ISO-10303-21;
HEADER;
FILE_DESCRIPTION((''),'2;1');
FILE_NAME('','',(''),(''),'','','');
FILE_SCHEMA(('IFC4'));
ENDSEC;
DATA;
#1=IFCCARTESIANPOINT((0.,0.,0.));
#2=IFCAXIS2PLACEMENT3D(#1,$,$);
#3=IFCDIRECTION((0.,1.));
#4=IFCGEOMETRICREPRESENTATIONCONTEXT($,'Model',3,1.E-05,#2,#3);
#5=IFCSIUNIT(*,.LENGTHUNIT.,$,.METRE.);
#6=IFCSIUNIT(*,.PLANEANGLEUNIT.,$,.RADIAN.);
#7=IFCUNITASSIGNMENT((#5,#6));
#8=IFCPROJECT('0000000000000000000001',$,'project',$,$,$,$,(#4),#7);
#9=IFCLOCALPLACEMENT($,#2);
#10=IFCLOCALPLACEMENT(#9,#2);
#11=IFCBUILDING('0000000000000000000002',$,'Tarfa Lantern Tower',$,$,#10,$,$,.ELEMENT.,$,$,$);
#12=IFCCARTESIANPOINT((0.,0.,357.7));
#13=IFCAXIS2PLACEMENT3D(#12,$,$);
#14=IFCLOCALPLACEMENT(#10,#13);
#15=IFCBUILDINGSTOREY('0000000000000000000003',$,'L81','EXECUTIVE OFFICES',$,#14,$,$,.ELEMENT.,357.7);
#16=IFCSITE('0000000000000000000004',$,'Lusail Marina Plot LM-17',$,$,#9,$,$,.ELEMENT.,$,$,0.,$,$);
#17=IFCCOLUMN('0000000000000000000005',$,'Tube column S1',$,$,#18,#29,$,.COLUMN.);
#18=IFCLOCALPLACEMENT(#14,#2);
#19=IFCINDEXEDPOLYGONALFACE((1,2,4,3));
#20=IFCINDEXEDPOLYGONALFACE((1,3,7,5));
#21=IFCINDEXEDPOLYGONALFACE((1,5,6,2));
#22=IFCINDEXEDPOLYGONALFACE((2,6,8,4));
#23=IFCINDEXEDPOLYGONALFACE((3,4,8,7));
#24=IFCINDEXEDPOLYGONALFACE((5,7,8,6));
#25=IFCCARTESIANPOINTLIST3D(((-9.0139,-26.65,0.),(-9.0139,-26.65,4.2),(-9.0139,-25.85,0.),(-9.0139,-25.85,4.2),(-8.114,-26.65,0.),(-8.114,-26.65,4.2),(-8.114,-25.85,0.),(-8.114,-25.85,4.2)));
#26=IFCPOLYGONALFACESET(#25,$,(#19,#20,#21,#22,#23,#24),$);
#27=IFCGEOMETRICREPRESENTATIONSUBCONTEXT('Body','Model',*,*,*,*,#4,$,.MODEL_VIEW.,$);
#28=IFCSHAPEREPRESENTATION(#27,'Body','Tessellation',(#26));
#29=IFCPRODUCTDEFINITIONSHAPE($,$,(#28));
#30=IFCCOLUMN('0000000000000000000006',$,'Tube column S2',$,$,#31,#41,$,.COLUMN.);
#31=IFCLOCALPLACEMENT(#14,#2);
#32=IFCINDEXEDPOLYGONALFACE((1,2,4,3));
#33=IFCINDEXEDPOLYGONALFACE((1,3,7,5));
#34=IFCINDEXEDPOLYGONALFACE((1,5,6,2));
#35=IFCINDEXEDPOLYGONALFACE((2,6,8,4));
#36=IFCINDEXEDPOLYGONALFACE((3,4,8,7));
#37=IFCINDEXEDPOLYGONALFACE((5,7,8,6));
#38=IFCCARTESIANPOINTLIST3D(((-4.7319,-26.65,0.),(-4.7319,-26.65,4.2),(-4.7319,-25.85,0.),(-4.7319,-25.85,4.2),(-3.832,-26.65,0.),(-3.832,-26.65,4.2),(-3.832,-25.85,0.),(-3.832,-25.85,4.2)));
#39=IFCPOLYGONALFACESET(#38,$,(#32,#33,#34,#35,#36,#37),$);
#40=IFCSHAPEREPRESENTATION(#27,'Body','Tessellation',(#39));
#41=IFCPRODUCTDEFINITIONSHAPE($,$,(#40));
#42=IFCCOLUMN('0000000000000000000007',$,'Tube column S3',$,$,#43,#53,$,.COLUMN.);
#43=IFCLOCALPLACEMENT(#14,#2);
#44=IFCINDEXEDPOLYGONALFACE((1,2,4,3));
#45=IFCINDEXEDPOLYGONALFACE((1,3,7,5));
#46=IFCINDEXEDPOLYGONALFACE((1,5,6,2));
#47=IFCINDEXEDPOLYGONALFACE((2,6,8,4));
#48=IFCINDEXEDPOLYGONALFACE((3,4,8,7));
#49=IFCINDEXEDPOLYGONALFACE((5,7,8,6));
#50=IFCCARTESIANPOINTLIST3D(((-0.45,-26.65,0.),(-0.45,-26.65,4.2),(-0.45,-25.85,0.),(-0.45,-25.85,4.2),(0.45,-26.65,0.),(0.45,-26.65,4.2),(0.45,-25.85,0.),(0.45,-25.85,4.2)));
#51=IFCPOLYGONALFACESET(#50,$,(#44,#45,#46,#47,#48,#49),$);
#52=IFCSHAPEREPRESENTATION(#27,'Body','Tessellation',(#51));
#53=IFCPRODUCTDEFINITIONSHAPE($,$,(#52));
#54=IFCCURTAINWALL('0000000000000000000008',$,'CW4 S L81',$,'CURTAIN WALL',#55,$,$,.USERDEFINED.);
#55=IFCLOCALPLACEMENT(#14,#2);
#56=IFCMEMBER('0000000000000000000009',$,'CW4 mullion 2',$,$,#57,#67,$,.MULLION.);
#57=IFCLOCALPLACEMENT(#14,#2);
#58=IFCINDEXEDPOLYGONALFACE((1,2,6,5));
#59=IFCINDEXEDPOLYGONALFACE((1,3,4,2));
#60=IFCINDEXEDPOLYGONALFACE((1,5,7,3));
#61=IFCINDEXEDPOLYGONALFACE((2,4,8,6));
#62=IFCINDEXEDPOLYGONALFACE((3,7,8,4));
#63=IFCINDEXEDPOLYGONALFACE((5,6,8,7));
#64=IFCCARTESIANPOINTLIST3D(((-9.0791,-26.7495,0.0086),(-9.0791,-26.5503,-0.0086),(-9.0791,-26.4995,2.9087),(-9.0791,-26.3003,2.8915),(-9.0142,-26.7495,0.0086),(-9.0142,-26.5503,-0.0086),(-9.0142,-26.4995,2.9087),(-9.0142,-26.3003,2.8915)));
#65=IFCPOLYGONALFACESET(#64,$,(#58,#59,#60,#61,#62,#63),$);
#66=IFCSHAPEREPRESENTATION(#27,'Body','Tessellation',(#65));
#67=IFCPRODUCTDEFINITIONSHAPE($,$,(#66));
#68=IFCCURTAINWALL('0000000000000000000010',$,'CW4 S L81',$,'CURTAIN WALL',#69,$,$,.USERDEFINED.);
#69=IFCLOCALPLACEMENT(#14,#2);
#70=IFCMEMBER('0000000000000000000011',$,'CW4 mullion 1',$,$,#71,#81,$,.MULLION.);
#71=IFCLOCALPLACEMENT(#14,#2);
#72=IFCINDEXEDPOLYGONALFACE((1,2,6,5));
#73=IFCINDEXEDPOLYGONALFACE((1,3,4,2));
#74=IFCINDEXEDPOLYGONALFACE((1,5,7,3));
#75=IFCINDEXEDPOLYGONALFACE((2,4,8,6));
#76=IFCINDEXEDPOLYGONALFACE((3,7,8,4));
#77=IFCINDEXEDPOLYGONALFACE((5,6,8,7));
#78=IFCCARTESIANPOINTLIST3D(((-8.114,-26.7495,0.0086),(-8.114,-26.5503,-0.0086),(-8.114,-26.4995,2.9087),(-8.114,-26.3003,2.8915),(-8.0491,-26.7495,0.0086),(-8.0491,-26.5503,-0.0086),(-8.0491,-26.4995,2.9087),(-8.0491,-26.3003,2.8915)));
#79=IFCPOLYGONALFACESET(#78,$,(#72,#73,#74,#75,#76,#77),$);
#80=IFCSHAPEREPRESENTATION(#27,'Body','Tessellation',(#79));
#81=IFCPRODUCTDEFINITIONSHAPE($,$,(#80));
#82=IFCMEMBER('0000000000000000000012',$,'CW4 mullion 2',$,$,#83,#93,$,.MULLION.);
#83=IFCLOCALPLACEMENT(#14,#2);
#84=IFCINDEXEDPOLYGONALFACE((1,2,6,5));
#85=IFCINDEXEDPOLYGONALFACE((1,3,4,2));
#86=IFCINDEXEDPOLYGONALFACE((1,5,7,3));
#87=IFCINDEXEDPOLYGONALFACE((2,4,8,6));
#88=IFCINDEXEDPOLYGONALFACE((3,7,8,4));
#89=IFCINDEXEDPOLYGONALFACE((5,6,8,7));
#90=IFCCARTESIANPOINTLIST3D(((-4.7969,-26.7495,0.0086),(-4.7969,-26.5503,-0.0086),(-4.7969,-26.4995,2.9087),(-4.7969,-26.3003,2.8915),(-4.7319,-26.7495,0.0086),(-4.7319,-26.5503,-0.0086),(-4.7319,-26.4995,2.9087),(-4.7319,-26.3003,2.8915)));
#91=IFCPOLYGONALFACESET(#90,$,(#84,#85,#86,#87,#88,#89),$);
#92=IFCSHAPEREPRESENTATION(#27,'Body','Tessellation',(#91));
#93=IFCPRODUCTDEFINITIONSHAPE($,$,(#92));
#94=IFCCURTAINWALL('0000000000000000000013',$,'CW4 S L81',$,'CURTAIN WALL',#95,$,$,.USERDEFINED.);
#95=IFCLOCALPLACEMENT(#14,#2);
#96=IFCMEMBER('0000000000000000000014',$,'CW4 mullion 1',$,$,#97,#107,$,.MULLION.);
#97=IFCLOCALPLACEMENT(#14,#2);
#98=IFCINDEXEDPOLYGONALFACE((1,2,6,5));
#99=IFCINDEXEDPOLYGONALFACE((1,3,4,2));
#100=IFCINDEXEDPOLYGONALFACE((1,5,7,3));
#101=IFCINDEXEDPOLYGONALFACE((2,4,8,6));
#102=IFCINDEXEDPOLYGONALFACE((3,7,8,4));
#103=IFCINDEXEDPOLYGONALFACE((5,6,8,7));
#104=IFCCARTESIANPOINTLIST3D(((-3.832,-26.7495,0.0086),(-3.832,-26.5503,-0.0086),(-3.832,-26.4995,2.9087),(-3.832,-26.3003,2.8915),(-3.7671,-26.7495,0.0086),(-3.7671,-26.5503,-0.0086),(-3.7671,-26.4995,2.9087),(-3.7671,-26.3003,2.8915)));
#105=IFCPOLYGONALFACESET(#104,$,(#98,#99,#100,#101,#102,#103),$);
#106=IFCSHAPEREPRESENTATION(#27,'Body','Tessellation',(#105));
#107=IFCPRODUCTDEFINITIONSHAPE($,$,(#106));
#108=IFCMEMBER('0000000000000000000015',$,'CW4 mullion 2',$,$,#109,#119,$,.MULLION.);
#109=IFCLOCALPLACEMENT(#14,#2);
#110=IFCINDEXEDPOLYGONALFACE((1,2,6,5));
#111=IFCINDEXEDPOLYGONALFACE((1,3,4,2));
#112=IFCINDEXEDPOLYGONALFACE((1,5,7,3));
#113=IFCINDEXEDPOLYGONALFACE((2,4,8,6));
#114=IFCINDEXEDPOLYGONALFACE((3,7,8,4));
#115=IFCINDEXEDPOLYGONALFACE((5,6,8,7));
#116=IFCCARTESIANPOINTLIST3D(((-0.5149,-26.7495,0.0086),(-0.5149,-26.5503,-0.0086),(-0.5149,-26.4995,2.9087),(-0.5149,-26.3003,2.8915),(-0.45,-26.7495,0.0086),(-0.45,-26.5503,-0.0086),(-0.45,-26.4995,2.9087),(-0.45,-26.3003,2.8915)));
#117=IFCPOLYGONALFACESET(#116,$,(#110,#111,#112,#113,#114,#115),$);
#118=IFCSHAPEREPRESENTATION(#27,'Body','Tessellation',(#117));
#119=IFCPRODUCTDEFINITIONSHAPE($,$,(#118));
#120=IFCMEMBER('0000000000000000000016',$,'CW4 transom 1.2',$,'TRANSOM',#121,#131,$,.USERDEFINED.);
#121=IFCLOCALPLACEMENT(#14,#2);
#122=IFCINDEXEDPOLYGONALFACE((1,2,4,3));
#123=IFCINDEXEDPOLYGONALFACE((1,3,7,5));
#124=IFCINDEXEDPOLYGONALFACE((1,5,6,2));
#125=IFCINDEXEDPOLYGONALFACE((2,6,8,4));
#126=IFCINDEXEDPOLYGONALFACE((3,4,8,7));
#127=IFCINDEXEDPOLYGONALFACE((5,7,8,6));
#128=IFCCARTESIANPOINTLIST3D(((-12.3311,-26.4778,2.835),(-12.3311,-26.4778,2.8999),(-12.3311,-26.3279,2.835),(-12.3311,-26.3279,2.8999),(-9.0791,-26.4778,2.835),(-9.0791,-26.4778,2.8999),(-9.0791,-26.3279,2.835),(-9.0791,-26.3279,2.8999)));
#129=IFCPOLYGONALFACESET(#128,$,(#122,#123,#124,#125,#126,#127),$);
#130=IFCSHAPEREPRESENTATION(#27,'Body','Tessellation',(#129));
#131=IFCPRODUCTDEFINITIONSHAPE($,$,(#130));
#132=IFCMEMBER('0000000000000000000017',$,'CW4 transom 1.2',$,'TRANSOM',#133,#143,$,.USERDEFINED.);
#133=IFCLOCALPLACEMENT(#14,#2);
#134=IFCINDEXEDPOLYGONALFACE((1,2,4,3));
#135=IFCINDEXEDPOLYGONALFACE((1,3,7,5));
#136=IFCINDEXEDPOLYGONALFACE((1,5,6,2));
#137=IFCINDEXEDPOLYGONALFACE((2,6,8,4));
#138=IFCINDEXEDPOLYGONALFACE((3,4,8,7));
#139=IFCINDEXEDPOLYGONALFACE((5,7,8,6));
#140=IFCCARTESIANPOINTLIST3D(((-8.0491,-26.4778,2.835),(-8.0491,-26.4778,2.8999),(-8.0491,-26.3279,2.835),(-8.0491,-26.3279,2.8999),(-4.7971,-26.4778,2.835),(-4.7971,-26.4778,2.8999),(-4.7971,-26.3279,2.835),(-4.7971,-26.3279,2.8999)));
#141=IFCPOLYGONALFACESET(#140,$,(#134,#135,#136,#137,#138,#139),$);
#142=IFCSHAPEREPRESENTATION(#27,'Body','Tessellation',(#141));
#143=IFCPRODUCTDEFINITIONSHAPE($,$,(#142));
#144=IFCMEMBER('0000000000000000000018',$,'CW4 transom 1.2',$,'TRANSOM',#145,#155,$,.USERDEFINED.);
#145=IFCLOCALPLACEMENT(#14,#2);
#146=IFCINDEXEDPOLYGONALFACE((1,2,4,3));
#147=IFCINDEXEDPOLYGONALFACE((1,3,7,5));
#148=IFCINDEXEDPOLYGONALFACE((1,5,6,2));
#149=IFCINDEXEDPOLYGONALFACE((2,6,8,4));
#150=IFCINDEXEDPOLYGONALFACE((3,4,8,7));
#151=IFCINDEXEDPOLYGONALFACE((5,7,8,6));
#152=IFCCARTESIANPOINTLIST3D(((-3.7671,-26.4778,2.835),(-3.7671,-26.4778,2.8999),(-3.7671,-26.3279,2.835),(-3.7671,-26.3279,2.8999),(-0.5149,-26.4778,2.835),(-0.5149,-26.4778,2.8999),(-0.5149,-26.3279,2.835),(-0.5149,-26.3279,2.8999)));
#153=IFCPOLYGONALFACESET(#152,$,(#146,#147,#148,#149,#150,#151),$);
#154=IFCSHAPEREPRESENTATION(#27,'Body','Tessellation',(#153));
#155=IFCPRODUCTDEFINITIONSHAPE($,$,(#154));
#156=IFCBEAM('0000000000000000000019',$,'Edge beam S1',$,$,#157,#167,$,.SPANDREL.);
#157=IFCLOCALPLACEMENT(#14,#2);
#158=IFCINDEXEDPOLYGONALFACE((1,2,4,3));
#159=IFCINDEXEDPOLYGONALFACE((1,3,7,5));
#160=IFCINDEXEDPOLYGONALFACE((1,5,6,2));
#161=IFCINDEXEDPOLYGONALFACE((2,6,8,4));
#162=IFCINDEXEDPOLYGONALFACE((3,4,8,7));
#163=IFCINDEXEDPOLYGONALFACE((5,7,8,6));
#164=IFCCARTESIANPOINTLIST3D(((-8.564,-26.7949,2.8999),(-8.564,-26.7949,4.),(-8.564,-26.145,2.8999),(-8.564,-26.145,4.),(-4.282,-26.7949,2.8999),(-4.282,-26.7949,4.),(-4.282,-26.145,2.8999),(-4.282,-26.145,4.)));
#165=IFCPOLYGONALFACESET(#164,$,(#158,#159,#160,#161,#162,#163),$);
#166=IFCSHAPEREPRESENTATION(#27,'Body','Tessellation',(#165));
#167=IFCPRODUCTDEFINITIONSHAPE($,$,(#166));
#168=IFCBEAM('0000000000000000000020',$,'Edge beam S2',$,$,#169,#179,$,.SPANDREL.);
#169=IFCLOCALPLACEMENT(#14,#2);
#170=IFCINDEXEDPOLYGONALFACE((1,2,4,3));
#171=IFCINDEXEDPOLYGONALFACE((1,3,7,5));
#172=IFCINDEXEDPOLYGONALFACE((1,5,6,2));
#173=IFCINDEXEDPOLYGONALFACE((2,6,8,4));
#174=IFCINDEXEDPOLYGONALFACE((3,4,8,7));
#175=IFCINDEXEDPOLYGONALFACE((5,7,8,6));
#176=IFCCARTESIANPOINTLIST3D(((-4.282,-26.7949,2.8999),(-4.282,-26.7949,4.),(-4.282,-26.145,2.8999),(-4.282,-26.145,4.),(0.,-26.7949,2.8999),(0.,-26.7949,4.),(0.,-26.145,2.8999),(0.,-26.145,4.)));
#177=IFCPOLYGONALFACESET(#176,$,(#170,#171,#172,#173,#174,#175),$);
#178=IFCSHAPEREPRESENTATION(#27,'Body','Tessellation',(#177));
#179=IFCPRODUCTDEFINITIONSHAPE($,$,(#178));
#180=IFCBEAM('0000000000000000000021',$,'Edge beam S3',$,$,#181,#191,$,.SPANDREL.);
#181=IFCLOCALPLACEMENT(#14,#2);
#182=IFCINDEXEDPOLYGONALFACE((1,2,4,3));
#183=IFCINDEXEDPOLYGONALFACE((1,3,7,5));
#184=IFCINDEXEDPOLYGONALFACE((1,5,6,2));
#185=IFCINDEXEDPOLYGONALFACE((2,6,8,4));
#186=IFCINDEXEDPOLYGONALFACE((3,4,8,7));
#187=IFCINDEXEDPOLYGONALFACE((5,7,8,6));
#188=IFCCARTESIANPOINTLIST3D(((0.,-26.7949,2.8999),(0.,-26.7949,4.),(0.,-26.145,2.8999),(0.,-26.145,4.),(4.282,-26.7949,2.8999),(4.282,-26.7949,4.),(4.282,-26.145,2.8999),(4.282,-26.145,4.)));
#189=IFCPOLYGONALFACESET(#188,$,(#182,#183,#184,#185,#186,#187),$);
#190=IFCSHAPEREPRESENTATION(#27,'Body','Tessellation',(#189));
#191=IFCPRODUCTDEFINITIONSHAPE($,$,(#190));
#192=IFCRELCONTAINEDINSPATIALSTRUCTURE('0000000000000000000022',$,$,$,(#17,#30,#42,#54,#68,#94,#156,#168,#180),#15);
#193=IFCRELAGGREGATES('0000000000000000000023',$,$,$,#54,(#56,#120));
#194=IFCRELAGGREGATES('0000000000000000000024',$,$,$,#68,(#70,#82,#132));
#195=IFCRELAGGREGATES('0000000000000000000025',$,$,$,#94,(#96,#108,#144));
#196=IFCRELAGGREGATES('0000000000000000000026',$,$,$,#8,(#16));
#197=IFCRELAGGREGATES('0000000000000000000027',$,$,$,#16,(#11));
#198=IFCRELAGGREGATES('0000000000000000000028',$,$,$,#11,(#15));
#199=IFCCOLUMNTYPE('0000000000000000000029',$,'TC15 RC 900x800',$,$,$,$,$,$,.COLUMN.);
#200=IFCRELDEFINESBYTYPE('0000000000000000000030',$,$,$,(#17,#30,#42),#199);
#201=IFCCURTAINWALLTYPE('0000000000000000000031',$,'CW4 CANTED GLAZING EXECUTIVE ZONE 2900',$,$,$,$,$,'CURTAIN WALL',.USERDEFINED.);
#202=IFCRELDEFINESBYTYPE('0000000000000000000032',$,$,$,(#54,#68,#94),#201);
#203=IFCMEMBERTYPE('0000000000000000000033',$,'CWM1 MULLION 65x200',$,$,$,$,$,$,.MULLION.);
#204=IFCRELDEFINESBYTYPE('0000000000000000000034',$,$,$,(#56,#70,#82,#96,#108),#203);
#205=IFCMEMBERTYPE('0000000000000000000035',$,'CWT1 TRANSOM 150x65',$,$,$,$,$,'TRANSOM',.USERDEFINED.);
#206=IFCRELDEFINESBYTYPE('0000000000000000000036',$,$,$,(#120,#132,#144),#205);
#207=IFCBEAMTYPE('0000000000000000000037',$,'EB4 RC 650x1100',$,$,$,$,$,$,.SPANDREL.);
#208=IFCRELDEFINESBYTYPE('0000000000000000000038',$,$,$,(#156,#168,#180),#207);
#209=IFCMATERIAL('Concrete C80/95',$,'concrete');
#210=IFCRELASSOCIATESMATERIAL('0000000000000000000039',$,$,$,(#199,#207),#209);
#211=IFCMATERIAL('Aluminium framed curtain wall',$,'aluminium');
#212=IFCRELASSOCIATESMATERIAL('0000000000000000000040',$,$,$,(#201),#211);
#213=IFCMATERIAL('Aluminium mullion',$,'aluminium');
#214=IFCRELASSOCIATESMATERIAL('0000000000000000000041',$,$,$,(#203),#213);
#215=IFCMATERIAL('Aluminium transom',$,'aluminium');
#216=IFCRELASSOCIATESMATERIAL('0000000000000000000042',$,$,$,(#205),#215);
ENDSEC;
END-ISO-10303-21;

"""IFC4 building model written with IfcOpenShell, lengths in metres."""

from ifc_helpers import new_model, si_unit, direction, frame, origin, origin_2d, place, context, subcontext, project, spatial, rectangle, extrude, material, material_profile, profile_set, type_object, element, aggregate, save


model = new_model("IFC4")

# Units and contexts
model_context = context("Model", 3, precision=1e-05, world=origin(), true_north=direction((0.0, 1.0)))
body_context = subcontext(model_context, "Body", "Model", "MODEL_VIEW")
ifc_project = project(units=[si_unit("LENGTHUNIT", "METRE"), si_unit("PLANEANGLEUNIT", "RADIAN")], contexts=[model_context])

# Site, building, storey
site_placement = place(None, origin())
site = spatial("IfcSite", under=ifc_project, at=site_placement, Name="Lusail Marina Plot LM-17", CompositionType="ELEMENT", RefElevation=0.0)
building_placement = place(site_placement, origin())
building = spatial("IfcBuilding", under=site, at=building_placement, Name="Tarfa Lantern Tower", CompositionType="ELEMENT")
storey_placement = place(building_placement, frame((0.0, 0.0, 357.7)))
storey = spatial("IfcBuildingStorey", under=building, at=storey_placement, Name="L81", Description="EXECUTIVE OFFICES", CompositionType="ELEMENT", Elevation=357.7)

# Columns
ifc_material_1 = material(Name="Concrete C80/95", Category="concrete")
ifc_material_profile_1 = material_profile(ifc_material_1, rectangle(XDim=0.8999, YDim=0.8, at=origin_2d()), Name="RC 900x800")
ifc_profile_set_1 = profile_set([ifc_material_profile_1], Name="Concrete C80/95")
column_type = type_object("IfcColumnType", Name="TC15 RC 900x800", PredefinedType="COLUMN", material=ifc_profile_set_1)
for number, where, z_axis, x_axis, name in (
    (1, (-8.564, -26.25, 0.0), (0.0, 0.0, 1.0), (1.0, 0.0, 0.0), "Tube column S1"),
    (2, (-4.282, -26.25, 0.0), (0.0, 0.0, 1.0), (1.0, 0.0, 0.0), "Tube column S2"),
    (3, (0.0, -26.25, 0.0), (0.0, 0.0, 1.0), (1.0, 0.0, 0.0), "Tube column S3"),
):
    element("IfcColumn", number, at=place(storey_placement, frame(where, z_axis=z_axis, x_axis=x_axis)), inside=storey, type_object=column_type, Name=name, PredefinedType="COLUMN", context=body_context, shape_type="SweptSolid", body=[
        extrude(rectangle(XDim=0.8999, YDim=0.8, at=origin_2d()), origin(), (0.0, 0.0, 1.0), 4.2),
    ])

# Curtain wall, member
ifc_material_2 = material(Name="Aluminium framed curtain wall", Category="aluminium")
curtain_wall_type = type_object("IfcCurtainWallType", Name="CW4 CANTED GLAZING EXECUTIVE ZONE 2900", ElementType="CURTAIN WALL", PredefinedType="USERDEFINED", material=ifc_material_2)
curtain_wall_1_placement = place(storey_placement, origin())
curtain_wall_1 = element("IfcCurtainWall", 4, at=curtain_wall_1_placement, inside=storey, type_object=curtain_wall_type, Name="CW4 S L81", ObjectType="CURTAIN WALL", PredefinedType="USERDEFINED")
ifc_material_3 = material(Name="Aluminium mullion", Category="aluminium")
ifc_material_profile_2 = material_profile(ifc_material_3, rectangle(XDim=0.0649, YDim=0.2, at=origin_2d()), Name="AL MULLION 65x200")
ifc_profile_set_2 = profile_set([ifc_material_profile_2], Name="Aluminium mullion")
member_type_1 = type_object("IfcMemberType", Name="CWM1 MULLION 65x200", PredefinedType="MULLION", material=ifc_profile_set_2)
member_1_placement = place(storey_placement, frame((-9.0466, -26.6499, 0.0), z_axis=(0.0, 0.085884, 0.996305), x_axis=(-1.0, 0.0, 0.0)))
member_1 = element("IfcMember", 5, at=member_1_placement, type_object=member_type_1, Name="CW4 mullion 2", PredefinedType="MULLION", context=body_context, shape_type="SweptSolid", body=[
    extrude(rectangle(XDim=0.0649, YDim=0.2, at=origin_2d()), origin(), (0.0, 0.0, 1.0), 2.9109),
])

# Curtain walls, members
curtain_wall_2_placement = place(storey_placement, origin())
curtain_wall_2 = element("IfcCurtainWall", 6, at=curtain_wall_2_placement, inside=storey, type_object=curtain_wall_type, Name="CW4 S L81", ObjectType="CURTAIN WALL", PredefinedType="USERDEFINED")
member_2_placement = place(storey_placement, frame((-8.0815, -26.6499, 0.0), z_axis=(0.0, 0.085884, 0.996305), x_axis=(-1.0, 0.0, 0.0)))
member_2 = element("IfcMember", 7, at=member_2_placement, type_object=member_type_1, Name="CW4 mullion 1", PredefinedType="MULLION", context=body_context, shape_type="SweptSolid", body=[
    extrude(rectangle(XDim=0.0649, YDim=0.2, at=origin_2d()), origin(), (0.0, 0.0, 1.0), 2.9109),
])
member_3_placement = place(storey_placement, frame((-4.7644, -26.6499, 0.0), z_axis=(0.0, 0.085884, 0.996305), x_axis=(-1.0, 0.0, 0.0)))
member_3 = element("IfcMember", 8, at=member_3_placement, type_object=member_type_1, Name="CW4 mullion 2", PredefinedType="MULLION", context=body_context, shape_type="SweptSolid", body=[
    extrude(rectangle(XDim=0.0649, YDim=0.2, at=origin_2d()), origin(), (0.0, 0.0, 1.0), 2.9109),
])
curtain_wall_3_placement = place(storey_placement, origin())
curtain_wall_3 = element("IfcCurtainWall", 9, at=curtain_wall_3_placement, inside=storey, type_object=curtain_wall_type, Name="CW4 S L81", ObjectType="CURTAIN WALL", PredefinedType="USERDEFINED")
member_4_placement = place(storey_placement, frame((-3.7996, -26.6499, 0.0), z_axis=(0.0, 0.085884, 0.996305), x_axis=(-1.0, 0.0, 0.0)))
member_4 = element("IfcMember", 10, at=member_4_placement, type_object=member_type_1, Name="CW4 mullion 1", PredefinedType="MULLION", context=body_context, shape_type="SweptSolid", body=[
    extrude(rectangle(XDim=0.0649, YDim=0.2, at=origin_2d()), origin(), (0.0, 0.0, 1.0), 2.9109),
])
member_5_placement = place(storey_placement, frame((-0.4824, -26.6499, 0.0), z_axis=(0.0, 0.085884, 0.996305), x_axis=(-1.0, 0.0, 0.0)))
member_5 = element("IfcMember", 11, at=member_5_placement, type_object=member_type_1, Name="CW4 mullion 2", PredefinedType="MULLION", context=body_context, shape_type="SweptSolid", body=[
    extrude(rectangle(XDim=0.0649, YDim=0.2, at=origin_2d()), origin(), (0.0, 0.0, 1.0), 2.9109),
])

# Members
ifc_material_4 = material(Name="Aluminium transom", Category="aluminium")
ifc_material_profile_3 = material_profile(ifc_material_4, rectangle(XDim=0.1499, YDim=0.0649, at=origin_2d()), Name="AL TRANSOM 150x65")
ifc_profile_set_3 = profile_set([ifc_material_profile_3], Name="Aluminium transom")
member_type_2 = type_object("IfcMemberType", Name="CWT1 TRANSOM 150x65", ElementType="TRANSOM", PredefinedType="USERDEFINED", material=ifc_profile_set_3)
member_6_placement = place(storey_placement, frame((-12.3311, -26.4028, 2.8674), z_axis=(1.0, 0.0, 0.0), x_axis=(0.0, 1.0, 0.0)))
member_6 = element("IfcMember", 12, at=member_6_placement, type_object=member_type_2, Name="CW4 transom 1.2", ObjectType="TRANSOM", PredefinedType="USERDEFINED", context=body_context, shape_type="SweptSolid", body=[
    extrude(rectangle(XDim=0.1499, YDim=0.0649, at=origin_2d()), origin(), (0.0, 0.0, 1.0), 3.252),
])
aggregate(curtain_wall_1, [member_1, member_6])
member_7_placement = place(storey_placement, frame((-8.0491, -26.4028, 2.8674), z_axis=(1.0, 0.0, 0.0), x_axis=(0.0, 1.0, 0.0)))
member_7 = element("IfcMember", 13, at=member_7_placement, type_object=member_type_2, Name="CW4 transom 1.2", ObjectType="TRANSOM", PredefinedType="USERDEFINED", context=body_context, shape_type="SweptSolid", body=[
    extrude(rectangle(XDim=0.1499, YDim=0.0649, at=origin_2d()), origin(), (0.0, 0.0, 1.0), 3.252),
])
member_8_placement = place(storey_placement, frame((-3.7671, -26.4028, 2.8674), z_axis=(1.0, 0.0, 0.0), x_axis=(0.0, 1.0, 0.0)))
member_8 = element("IfcMember", 14, at=member_8_placement, type_object=member_type_2, Name="CW4 transom 1.2", ObjectType="TRANSOM", PredefinedType="USERDEFINED", context=body_context, shape_type="SweptSolid", body=[
    extrude(rectangle(XDim=0.1499, YDim=0.0649, at=origin_2d()), origin(), (0.0, 0.0, 1.0), 3.2522),
])

# Beams
ifc_material_profile_4 = material_profile(ifc_material_1, rectangle(XDim=0.6499, YDim=1.1001, at=origin_2d()), Name="RC 650x1100")
ifc_profile_set_4 = profile_set([ifc_material_profile_4], Name="Concrete C80/95")
beam_type_1 = type_object("IfcBeamType", Name="EB4 RC 650x1100", PredefinedType="SPANDREL", material=ifc_profile_set_4)
for number, where, z_axis, x_axis, name in (
    (15, (-8.564, -26.47, 3.45), (1.0, 0.0, 0.0), (0.0, 1.0, 0.0), "Edge beam S1"),
    (16, (-4.282, -26.47, 3.45), (1.0, 0.0, 0.0), (0.0, 1.0, 0.0), "Edge beam S2"),
    (17, (0.0, -26.47, 3.45), (1.0, 0.0, 0.0), (0.0, 1.0, 0.0), "Edge beam S3"),
):
    element("IfcBeam", number, at=place(storey_placement, frame(where, z_axis=z_axis, x_axis=x_axis)), inside=storey, type_object=beam_type_1, Name=name, PredefinedType="SPANDREL", context=body_context, shape_type="SweptSolid", body=[
        extrude(rectangle(XDim=0.6499, YDim=1.1001, at=origin_2d()), origin(), (0.0, 0.0, 1.0), 4.282),
    ])

aggregate(curtain_wall_2, [member_2, member_3, member_7])
aggregate(curtain_wall_3, [member_4, member_5, member_8])

save(model, "model.ifc")
